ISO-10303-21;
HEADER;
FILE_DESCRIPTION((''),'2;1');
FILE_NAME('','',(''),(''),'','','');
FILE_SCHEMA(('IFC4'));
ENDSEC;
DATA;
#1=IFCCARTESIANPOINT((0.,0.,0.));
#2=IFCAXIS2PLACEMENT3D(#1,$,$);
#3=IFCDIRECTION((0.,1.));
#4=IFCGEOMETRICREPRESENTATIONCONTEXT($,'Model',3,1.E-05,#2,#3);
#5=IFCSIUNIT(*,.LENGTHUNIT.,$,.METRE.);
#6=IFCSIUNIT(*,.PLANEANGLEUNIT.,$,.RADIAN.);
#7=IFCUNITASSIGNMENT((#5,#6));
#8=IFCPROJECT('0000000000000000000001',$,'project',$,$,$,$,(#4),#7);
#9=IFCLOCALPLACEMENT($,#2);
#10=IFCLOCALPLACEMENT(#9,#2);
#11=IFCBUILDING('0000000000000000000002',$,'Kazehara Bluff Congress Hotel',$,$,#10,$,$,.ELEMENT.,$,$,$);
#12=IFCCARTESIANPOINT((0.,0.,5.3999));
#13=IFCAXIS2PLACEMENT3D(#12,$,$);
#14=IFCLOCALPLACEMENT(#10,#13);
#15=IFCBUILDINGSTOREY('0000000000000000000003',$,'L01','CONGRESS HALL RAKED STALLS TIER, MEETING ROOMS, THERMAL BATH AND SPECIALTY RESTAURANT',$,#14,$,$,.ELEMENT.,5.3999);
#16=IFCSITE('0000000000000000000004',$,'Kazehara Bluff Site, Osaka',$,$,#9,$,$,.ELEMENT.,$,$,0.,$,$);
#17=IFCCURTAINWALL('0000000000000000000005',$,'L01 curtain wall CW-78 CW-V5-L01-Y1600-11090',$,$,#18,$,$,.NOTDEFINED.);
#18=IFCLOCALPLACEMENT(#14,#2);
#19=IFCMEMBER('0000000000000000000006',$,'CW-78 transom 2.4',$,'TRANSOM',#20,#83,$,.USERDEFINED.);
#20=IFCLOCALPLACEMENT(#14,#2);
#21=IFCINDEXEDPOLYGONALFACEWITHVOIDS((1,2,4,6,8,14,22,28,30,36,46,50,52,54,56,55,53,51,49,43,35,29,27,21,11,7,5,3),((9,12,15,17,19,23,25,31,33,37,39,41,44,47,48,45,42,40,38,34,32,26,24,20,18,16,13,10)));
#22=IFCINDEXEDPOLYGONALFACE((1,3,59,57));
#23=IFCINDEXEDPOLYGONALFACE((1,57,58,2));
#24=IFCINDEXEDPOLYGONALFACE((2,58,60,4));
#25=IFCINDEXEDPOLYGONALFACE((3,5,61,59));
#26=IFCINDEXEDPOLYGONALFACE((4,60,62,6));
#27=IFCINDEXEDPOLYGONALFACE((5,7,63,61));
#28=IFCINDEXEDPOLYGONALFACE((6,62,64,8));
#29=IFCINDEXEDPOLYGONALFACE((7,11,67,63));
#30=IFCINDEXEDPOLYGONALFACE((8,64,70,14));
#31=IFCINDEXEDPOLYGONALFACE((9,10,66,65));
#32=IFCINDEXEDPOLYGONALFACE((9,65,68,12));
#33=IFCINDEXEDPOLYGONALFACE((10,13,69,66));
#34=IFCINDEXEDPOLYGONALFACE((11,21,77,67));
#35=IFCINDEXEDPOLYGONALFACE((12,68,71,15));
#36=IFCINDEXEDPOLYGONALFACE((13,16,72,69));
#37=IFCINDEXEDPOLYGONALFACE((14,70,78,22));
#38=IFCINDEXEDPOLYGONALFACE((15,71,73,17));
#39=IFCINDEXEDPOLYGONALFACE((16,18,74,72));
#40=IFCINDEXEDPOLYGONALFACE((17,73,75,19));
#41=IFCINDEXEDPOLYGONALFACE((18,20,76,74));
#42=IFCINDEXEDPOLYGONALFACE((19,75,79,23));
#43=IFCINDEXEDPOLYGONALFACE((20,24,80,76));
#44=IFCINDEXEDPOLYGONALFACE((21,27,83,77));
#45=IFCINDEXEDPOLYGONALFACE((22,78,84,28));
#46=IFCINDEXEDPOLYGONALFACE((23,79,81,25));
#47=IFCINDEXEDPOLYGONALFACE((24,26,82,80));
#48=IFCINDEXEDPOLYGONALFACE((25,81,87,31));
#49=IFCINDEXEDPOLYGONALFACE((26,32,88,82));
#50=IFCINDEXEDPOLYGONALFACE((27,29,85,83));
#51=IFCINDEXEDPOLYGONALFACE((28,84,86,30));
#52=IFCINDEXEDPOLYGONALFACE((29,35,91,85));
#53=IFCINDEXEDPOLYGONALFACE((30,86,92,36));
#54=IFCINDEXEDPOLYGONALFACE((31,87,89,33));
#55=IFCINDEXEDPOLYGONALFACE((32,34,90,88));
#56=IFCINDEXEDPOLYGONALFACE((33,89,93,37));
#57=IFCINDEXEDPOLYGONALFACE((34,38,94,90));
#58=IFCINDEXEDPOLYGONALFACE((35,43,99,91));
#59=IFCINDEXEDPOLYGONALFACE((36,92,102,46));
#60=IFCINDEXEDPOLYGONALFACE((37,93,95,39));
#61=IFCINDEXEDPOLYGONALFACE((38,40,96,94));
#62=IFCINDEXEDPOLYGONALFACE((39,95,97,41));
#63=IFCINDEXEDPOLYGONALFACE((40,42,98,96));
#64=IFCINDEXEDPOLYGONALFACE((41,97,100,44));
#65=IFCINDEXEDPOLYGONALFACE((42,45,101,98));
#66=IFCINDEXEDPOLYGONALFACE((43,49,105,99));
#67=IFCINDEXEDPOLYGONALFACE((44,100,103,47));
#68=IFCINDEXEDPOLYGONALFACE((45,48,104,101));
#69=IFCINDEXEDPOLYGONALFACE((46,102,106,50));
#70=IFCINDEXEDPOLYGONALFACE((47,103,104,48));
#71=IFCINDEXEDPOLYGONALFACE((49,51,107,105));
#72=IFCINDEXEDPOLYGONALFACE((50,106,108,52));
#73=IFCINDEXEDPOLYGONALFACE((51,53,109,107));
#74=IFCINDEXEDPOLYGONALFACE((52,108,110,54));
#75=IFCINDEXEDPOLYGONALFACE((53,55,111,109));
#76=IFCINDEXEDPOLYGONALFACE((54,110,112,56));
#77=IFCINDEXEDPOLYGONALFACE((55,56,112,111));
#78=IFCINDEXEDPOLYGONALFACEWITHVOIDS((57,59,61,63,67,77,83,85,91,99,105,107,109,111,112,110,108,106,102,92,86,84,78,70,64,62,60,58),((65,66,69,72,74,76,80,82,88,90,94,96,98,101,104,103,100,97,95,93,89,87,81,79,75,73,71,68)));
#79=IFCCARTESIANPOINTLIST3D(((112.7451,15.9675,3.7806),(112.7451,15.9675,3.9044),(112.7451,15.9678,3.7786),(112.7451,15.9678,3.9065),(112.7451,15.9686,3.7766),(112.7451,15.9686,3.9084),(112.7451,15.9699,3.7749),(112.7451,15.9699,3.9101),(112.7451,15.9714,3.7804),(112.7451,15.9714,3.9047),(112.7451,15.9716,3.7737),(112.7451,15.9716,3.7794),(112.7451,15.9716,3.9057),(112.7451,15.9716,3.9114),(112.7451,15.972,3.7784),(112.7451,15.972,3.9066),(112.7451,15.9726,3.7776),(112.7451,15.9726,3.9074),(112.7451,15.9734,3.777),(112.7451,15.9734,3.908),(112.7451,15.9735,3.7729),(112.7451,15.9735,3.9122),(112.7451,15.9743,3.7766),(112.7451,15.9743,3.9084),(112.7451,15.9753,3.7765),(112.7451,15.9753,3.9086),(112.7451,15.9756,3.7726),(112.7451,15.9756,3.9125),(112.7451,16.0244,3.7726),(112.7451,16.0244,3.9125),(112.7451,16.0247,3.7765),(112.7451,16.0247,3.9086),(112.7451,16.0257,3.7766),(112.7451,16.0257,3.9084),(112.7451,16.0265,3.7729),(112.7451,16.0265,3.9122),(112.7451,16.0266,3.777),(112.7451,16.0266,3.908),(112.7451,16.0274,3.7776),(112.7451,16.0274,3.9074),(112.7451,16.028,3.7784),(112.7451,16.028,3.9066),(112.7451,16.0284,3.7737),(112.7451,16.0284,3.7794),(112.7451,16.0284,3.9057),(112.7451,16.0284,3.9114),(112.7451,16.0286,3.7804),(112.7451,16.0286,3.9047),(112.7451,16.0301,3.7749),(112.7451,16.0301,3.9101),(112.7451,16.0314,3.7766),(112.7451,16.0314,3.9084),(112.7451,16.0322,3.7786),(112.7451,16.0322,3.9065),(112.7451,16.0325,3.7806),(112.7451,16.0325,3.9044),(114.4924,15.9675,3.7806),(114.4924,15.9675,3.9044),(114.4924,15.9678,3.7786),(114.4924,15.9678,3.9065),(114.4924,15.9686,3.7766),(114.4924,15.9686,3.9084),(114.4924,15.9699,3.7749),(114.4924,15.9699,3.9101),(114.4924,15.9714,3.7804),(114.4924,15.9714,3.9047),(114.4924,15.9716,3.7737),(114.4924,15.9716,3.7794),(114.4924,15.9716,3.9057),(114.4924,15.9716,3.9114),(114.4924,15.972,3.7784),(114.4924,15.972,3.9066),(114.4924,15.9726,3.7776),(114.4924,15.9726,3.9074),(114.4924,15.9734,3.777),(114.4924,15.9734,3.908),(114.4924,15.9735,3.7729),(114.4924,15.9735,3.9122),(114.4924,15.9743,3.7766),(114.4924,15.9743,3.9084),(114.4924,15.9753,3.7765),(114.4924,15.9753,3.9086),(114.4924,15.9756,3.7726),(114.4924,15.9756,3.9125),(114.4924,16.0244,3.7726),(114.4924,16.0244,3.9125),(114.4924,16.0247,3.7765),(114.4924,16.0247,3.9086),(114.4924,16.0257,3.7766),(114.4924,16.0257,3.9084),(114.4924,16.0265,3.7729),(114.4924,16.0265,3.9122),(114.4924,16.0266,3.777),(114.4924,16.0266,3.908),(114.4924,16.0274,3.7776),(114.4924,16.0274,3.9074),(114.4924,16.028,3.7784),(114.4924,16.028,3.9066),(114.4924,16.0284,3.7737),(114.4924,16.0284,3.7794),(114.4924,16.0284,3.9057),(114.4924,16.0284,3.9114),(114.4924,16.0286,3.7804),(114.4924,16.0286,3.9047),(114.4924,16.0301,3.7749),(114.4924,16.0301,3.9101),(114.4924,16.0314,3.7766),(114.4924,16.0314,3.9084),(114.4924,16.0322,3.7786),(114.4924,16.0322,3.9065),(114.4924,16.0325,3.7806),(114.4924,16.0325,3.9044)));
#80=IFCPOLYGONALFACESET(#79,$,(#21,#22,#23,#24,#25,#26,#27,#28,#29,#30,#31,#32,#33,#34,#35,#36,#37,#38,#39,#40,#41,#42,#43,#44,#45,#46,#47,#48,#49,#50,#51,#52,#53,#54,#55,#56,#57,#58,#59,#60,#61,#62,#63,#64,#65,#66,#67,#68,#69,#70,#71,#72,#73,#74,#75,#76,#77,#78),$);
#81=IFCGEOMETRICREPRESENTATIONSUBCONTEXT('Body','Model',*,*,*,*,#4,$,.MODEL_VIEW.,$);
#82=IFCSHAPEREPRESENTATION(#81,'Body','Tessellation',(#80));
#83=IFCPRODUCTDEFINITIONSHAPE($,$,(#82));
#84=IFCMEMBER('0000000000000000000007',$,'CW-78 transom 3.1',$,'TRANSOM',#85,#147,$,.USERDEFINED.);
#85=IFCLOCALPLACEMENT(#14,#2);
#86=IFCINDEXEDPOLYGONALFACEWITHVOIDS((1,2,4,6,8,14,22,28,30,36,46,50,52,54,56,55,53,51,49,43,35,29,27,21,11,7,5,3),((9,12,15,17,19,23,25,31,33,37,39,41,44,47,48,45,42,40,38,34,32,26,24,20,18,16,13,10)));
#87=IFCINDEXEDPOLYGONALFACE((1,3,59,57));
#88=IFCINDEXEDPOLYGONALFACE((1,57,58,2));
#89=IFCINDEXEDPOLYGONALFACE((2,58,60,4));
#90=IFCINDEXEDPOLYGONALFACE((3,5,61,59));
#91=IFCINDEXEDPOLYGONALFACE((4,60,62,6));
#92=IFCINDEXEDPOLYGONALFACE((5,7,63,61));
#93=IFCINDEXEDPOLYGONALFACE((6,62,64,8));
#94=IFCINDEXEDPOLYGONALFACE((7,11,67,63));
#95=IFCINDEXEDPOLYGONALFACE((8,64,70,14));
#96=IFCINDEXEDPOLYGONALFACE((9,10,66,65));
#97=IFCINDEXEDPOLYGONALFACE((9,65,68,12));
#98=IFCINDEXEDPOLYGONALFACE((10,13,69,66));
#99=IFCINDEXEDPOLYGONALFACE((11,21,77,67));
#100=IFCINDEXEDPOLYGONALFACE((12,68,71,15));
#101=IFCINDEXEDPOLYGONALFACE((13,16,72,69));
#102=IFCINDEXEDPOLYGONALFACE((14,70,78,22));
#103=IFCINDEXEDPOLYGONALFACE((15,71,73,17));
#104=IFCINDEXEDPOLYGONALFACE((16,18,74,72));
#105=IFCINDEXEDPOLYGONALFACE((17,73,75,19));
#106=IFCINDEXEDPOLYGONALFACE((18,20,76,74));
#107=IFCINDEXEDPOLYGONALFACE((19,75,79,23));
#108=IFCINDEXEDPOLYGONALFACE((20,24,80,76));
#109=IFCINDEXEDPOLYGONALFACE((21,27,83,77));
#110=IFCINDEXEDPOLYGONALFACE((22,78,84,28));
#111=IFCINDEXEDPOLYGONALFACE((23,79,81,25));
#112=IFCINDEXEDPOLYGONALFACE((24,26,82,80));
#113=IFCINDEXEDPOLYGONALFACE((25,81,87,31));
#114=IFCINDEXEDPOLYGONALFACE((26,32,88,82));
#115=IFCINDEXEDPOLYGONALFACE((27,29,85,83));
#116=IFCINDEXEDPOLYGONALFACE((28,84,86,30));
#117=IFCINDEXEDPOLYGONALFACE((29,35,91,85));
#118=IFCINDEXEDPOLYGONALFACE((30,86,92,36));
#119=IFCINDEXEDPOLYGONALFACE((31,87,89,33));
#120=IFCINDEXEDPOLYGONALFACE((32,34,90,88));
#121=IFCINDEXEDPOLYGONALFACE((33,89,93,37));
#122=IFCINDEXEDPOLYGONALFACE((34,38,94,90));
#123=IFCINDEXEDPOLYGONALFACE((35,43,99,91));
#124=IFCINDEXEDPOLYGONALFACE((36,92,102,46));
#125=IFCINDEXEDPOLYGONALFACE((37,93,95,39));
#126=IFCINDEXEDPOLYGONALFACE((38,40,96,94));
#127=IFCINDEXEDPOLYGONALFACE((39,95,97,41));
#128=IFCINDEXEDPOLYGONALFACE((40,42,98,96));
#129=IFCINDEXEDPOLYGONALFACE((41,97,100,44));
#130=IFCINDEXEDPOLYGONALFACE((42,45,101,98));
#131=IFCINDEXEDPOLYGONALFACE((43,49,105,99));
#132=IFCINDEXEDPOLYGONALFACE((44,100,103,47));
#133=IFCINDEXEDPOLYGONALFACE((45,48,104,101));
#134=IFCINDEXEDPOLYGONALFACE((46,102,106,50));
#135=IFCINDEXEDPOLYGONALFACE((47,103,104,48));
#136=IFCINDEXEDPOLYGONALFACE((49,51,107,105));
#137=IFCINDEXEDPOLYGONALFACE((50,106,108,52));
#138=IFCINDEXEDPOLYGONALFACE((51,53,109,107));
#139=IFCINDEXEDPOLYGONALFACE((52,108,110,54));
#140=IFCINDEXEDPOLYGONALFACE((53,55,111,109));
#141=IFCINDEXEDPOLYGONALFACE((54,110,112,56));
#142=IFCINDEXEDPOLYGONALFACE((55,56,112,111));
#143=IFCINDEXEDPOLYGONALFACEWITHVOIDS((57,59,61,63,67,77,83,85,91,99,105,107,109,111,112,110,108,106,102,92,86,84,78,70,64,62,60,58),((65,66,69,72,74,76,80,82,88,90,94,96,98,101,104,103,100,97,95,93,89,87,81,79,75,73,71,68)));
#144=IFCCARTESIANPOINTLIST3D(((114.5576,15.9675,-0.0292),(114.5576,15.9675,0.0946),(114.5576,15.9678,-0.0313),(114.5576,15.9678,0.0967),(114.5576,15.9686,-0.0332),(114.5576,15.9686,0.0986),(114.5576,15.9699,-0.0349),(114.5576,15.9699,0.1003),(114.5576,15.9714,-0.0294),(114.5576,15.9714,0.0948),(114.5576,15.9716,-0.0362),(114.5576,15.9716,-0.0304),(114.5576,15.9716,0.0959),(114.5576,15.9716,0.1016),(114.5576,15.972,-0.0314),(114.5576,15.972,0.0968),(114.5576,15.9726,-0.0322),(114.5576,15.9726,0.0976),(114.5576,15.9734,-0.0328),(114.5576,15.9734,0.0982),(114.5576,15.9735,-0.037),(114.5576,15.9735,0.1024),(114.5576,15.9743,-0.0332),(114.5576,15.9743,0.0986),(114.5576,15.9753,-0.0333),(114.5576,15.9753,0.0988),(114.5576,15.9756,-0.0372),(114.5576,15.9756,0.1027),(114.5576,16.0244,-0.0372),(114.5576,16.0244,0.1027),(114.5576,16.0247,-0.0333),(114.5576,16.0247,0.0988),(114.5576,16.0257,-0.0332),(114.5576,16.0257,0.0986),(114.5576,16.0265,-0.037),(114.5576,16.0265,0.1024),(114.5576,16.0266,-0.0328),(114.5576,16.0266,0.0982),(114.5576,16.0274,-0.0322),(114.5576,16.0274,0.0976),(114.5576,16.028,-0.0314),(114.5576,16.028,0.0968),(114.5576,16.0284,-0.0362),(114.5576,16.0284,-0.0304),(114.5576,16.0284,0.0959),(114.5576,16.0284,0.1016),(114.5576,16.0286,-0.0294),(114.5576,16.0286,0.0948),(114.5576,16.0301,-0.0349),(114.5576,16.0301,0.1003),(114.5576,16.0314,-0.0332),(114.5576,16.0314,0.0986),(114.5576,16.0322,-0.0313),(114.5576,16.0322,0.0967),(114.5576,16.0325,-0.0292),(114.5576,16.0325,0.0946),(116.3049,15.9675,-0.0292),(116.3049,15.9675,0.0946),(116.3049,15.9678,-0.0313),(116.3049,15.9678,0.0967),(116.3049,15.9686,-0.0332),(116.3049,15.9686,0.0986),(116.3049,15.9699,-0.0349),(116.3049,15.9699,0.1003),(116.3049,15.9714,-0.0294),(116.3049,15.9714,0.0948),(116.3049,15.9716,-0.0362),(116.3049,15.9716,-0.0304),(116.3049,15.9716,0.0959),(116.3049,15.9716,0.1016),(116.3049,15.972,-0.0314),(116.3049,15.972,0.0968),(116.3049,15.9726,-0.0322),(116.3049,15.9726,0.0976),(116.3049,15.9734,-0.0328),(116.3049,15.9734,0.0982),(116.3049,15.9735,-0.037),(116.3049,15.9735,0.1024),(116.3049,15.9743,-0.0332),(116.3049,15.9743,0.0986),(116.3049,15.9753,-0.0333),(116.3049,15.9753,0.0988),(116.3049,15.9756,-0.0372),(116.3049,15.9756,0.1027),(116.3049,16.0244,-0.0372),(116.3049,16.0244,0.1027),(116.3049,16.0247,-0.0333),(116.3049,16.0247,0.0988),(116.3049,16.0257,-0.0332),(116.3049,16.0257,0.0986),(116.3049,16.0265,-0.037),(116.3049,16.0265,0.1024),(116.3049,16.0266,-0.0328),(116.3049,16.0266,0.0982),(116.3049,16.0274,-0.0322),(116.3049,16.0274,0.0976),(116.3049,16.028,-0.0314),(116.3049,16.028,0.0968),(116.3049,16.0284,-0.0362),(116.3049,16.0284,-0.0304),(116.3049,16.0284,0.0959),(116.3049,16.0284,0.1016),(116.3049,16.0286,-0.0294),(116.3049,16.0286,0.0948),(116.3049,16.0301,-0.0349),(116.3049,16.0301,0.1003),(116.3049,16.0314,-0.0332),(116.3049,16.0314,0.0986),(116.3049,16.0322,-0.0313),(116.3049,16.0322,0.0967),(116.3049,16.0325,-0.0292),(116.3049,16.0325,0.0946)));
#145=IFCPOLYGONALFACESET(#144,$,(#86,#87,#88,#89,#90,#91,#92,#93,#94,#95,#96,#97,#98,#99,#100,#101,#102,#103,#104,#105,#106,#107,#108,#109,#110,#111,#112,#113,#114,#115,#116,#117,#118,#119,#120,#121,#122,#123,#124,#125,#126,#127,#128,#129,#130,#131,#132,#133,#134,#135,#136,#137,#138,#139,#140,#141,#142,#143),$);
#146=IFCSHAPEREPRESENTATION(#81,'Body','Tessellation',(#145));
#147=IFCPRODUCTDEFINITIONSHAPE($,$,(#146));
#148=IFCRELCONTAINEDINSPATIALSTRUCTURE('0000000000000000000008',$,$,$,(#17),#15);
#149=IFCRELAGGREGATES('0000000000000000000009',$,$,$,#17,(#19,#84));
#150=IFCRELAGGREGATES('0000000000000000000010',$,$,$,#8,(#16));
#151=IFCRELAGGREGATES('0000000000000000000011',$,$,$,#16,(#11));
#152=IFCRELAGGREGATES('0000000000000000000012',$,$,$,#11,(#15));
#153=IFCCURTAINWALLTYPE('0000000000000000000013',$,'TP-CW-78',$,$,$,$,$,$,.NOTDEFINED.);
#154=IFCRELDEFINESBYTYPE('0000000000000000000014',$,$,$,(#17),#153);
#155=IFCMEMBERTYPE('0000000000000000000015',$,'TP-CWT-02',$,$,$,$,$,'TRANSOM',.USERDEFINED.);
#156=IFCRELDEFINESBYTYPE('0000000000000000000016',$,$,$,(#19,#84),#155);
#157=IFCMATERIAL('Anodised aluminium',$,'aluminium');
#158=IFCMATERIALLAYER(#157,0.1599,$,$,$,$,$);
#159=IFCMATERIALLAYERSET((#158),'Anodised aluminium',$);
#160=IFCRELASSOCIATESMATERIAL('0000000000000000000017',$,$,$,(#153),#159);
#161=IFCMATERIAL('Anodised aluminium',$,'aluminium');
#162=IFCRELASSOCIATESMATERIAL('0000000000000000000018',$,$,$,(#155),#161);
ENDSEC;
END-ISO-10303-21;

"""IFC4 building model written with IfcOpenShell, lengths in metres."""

from ifc_helpers import new_model, si_unit, direction, frame, origin, origin_2d, place, context, subcontext, project, spatial, hollow_rectangle, extrude, material, layer, layer_set, material_profile, profile_set, type_object, element, aggregate, save


model = new_model("IFC4")

# Units and contexts
model_context = context("Model", 3, precision=1e-05, world=origin(), true_north=direction((0.0, 1.0)))
body_context = subcontext(model_context, "Body", "Model", "MODEL_VIEW")
ifc_project = project(units=[si_unit("LENGTHUNIT", "METRE"), si_unit("PLANEANGLEUNIT", "RADIAN")], contexts=[model_context])

# Site, building, storey
site_placement = place(None, origin())
site = spatial("IfcSite", under=ifc_project, at=site_placement, Name="Kazehara Bluff Site, Osaka", CompositionType="ELEMENT", RefElevation=0.0)
building_placement = place(site_placement, origin())
building = spatial("IfcBuilding", under=site, at=building_placement, Name="Kazehara Bluff Congress Hotel", CompositionType="ELEMENT")
storey_placement = place(building_placement, frame((0.0, 0.0, 5.3999)))
storey = spatial("IfcBuildingStorey", under=building, at=storey_placement, Name="L01", Description="CONGRESS HALL RAKED STALLS TIER, MEETING ROOMS, THERMAL BATH AND SPECIALTY RESTAURANT", CompositionType="ELEMENT", Elevation=5.3999)

# Curtain wall, members
ifc_material_1 = material(Name="Anodised aluminium", Category="aluminium")
ifc_layer_1 = layer(ifc_material_1, 0.1599)
ifc_layer_set_1 = layer_set([ifc_layer_1], Name="Anodised aluminium")
curtain_wall_type = type_object("IfcCurtainWallType", Name="TP-CW-78", PredefinedType="NOTDEFINED", material=ifc_layer_set_1)
curtain_wall_placement = place(storey_placement, origin())
curtain_wall = element("IfcCurtainWall", 1, at=curtain_wall_placement, inside=storey, type_object=curtain_wall_type, Name="L01 curtain wall CW-78 CW-V5-L01-Y1600-11090", PredefinedType="NOTDEFINED")
ifc_material_2 = material(Name="Anodised aluminium", Category="aluminium")
ifc_material_profile_1 = material_profile(ifc_material_2, hollow_rectangle(XDim=0.0649, YDim=0.1399, WallThickness=0.0039, InnerFilletRadius=0.0039, OuterFilletRadius=0.0081, at=origin_2d()))
ifc_profile_set_1 = profile_set([ifc_material_profile_1], Name="Anodised aluminium")
member_type_1 = type_object("IfcMemberType", Name="TP-CWT-02", ElementType="TRANSOM", PredefinedType="USERDEFINED", material=ifc_profile_set_1)
member_1_placement = place(storey_placement, frame((112.7451, 16.0, 3.8425), z_axis=(1.0, 0.0, 0.0), x_axis=(0.0, 1.0, 0.0)))
member_1 = element("IfcMember", 2, at=member_1_placement, type_object=member_type_1, Name="CW-78 transom 2.4", ObjectType="TRANSOM", PredefinedType="USERDEFINED", context=body_context, shape_type="SweptSolid", body=[
    extrude(hollow_rectangle(XDim=0.0649, YDim=0.1399, WallThickness=0.0039, InnerFilletRadius=0.0039, OuterFilletRadius=0.0081, at=origin_2d()), origin(), (0.0, 0.0, 1.0), 1.7473),
])
member_2_placement = place(storey_placement, frame((114.5576, 16.0, 0.0327), z_axis=(1.0, 0.0, 0.0), x_axis=(0.0, 1.0, 0.0)))
member_2 = element("IfcMember", 3, at=member_2_placement, type_object=member_type_1, Name="CW-78 transom 3.1", ObjectType="TRANSOM", PredefinedType="USERDEFINED", context=body_context, shape_type="SweptSolid", body=[
    extrude(hollow_rectangle(XDim=0.0649, YDim=0.1399, WallThickness=0.0039, InnerFilletRadius=0.0039, OuterFilletRadius=0.0081, at=origin_2d()), origin(), (0.0, 0.0, 1.0), 1.7473),
])

aggregate(curtain_wall, [member_1, member_2])

save(model, "model.ifc")
